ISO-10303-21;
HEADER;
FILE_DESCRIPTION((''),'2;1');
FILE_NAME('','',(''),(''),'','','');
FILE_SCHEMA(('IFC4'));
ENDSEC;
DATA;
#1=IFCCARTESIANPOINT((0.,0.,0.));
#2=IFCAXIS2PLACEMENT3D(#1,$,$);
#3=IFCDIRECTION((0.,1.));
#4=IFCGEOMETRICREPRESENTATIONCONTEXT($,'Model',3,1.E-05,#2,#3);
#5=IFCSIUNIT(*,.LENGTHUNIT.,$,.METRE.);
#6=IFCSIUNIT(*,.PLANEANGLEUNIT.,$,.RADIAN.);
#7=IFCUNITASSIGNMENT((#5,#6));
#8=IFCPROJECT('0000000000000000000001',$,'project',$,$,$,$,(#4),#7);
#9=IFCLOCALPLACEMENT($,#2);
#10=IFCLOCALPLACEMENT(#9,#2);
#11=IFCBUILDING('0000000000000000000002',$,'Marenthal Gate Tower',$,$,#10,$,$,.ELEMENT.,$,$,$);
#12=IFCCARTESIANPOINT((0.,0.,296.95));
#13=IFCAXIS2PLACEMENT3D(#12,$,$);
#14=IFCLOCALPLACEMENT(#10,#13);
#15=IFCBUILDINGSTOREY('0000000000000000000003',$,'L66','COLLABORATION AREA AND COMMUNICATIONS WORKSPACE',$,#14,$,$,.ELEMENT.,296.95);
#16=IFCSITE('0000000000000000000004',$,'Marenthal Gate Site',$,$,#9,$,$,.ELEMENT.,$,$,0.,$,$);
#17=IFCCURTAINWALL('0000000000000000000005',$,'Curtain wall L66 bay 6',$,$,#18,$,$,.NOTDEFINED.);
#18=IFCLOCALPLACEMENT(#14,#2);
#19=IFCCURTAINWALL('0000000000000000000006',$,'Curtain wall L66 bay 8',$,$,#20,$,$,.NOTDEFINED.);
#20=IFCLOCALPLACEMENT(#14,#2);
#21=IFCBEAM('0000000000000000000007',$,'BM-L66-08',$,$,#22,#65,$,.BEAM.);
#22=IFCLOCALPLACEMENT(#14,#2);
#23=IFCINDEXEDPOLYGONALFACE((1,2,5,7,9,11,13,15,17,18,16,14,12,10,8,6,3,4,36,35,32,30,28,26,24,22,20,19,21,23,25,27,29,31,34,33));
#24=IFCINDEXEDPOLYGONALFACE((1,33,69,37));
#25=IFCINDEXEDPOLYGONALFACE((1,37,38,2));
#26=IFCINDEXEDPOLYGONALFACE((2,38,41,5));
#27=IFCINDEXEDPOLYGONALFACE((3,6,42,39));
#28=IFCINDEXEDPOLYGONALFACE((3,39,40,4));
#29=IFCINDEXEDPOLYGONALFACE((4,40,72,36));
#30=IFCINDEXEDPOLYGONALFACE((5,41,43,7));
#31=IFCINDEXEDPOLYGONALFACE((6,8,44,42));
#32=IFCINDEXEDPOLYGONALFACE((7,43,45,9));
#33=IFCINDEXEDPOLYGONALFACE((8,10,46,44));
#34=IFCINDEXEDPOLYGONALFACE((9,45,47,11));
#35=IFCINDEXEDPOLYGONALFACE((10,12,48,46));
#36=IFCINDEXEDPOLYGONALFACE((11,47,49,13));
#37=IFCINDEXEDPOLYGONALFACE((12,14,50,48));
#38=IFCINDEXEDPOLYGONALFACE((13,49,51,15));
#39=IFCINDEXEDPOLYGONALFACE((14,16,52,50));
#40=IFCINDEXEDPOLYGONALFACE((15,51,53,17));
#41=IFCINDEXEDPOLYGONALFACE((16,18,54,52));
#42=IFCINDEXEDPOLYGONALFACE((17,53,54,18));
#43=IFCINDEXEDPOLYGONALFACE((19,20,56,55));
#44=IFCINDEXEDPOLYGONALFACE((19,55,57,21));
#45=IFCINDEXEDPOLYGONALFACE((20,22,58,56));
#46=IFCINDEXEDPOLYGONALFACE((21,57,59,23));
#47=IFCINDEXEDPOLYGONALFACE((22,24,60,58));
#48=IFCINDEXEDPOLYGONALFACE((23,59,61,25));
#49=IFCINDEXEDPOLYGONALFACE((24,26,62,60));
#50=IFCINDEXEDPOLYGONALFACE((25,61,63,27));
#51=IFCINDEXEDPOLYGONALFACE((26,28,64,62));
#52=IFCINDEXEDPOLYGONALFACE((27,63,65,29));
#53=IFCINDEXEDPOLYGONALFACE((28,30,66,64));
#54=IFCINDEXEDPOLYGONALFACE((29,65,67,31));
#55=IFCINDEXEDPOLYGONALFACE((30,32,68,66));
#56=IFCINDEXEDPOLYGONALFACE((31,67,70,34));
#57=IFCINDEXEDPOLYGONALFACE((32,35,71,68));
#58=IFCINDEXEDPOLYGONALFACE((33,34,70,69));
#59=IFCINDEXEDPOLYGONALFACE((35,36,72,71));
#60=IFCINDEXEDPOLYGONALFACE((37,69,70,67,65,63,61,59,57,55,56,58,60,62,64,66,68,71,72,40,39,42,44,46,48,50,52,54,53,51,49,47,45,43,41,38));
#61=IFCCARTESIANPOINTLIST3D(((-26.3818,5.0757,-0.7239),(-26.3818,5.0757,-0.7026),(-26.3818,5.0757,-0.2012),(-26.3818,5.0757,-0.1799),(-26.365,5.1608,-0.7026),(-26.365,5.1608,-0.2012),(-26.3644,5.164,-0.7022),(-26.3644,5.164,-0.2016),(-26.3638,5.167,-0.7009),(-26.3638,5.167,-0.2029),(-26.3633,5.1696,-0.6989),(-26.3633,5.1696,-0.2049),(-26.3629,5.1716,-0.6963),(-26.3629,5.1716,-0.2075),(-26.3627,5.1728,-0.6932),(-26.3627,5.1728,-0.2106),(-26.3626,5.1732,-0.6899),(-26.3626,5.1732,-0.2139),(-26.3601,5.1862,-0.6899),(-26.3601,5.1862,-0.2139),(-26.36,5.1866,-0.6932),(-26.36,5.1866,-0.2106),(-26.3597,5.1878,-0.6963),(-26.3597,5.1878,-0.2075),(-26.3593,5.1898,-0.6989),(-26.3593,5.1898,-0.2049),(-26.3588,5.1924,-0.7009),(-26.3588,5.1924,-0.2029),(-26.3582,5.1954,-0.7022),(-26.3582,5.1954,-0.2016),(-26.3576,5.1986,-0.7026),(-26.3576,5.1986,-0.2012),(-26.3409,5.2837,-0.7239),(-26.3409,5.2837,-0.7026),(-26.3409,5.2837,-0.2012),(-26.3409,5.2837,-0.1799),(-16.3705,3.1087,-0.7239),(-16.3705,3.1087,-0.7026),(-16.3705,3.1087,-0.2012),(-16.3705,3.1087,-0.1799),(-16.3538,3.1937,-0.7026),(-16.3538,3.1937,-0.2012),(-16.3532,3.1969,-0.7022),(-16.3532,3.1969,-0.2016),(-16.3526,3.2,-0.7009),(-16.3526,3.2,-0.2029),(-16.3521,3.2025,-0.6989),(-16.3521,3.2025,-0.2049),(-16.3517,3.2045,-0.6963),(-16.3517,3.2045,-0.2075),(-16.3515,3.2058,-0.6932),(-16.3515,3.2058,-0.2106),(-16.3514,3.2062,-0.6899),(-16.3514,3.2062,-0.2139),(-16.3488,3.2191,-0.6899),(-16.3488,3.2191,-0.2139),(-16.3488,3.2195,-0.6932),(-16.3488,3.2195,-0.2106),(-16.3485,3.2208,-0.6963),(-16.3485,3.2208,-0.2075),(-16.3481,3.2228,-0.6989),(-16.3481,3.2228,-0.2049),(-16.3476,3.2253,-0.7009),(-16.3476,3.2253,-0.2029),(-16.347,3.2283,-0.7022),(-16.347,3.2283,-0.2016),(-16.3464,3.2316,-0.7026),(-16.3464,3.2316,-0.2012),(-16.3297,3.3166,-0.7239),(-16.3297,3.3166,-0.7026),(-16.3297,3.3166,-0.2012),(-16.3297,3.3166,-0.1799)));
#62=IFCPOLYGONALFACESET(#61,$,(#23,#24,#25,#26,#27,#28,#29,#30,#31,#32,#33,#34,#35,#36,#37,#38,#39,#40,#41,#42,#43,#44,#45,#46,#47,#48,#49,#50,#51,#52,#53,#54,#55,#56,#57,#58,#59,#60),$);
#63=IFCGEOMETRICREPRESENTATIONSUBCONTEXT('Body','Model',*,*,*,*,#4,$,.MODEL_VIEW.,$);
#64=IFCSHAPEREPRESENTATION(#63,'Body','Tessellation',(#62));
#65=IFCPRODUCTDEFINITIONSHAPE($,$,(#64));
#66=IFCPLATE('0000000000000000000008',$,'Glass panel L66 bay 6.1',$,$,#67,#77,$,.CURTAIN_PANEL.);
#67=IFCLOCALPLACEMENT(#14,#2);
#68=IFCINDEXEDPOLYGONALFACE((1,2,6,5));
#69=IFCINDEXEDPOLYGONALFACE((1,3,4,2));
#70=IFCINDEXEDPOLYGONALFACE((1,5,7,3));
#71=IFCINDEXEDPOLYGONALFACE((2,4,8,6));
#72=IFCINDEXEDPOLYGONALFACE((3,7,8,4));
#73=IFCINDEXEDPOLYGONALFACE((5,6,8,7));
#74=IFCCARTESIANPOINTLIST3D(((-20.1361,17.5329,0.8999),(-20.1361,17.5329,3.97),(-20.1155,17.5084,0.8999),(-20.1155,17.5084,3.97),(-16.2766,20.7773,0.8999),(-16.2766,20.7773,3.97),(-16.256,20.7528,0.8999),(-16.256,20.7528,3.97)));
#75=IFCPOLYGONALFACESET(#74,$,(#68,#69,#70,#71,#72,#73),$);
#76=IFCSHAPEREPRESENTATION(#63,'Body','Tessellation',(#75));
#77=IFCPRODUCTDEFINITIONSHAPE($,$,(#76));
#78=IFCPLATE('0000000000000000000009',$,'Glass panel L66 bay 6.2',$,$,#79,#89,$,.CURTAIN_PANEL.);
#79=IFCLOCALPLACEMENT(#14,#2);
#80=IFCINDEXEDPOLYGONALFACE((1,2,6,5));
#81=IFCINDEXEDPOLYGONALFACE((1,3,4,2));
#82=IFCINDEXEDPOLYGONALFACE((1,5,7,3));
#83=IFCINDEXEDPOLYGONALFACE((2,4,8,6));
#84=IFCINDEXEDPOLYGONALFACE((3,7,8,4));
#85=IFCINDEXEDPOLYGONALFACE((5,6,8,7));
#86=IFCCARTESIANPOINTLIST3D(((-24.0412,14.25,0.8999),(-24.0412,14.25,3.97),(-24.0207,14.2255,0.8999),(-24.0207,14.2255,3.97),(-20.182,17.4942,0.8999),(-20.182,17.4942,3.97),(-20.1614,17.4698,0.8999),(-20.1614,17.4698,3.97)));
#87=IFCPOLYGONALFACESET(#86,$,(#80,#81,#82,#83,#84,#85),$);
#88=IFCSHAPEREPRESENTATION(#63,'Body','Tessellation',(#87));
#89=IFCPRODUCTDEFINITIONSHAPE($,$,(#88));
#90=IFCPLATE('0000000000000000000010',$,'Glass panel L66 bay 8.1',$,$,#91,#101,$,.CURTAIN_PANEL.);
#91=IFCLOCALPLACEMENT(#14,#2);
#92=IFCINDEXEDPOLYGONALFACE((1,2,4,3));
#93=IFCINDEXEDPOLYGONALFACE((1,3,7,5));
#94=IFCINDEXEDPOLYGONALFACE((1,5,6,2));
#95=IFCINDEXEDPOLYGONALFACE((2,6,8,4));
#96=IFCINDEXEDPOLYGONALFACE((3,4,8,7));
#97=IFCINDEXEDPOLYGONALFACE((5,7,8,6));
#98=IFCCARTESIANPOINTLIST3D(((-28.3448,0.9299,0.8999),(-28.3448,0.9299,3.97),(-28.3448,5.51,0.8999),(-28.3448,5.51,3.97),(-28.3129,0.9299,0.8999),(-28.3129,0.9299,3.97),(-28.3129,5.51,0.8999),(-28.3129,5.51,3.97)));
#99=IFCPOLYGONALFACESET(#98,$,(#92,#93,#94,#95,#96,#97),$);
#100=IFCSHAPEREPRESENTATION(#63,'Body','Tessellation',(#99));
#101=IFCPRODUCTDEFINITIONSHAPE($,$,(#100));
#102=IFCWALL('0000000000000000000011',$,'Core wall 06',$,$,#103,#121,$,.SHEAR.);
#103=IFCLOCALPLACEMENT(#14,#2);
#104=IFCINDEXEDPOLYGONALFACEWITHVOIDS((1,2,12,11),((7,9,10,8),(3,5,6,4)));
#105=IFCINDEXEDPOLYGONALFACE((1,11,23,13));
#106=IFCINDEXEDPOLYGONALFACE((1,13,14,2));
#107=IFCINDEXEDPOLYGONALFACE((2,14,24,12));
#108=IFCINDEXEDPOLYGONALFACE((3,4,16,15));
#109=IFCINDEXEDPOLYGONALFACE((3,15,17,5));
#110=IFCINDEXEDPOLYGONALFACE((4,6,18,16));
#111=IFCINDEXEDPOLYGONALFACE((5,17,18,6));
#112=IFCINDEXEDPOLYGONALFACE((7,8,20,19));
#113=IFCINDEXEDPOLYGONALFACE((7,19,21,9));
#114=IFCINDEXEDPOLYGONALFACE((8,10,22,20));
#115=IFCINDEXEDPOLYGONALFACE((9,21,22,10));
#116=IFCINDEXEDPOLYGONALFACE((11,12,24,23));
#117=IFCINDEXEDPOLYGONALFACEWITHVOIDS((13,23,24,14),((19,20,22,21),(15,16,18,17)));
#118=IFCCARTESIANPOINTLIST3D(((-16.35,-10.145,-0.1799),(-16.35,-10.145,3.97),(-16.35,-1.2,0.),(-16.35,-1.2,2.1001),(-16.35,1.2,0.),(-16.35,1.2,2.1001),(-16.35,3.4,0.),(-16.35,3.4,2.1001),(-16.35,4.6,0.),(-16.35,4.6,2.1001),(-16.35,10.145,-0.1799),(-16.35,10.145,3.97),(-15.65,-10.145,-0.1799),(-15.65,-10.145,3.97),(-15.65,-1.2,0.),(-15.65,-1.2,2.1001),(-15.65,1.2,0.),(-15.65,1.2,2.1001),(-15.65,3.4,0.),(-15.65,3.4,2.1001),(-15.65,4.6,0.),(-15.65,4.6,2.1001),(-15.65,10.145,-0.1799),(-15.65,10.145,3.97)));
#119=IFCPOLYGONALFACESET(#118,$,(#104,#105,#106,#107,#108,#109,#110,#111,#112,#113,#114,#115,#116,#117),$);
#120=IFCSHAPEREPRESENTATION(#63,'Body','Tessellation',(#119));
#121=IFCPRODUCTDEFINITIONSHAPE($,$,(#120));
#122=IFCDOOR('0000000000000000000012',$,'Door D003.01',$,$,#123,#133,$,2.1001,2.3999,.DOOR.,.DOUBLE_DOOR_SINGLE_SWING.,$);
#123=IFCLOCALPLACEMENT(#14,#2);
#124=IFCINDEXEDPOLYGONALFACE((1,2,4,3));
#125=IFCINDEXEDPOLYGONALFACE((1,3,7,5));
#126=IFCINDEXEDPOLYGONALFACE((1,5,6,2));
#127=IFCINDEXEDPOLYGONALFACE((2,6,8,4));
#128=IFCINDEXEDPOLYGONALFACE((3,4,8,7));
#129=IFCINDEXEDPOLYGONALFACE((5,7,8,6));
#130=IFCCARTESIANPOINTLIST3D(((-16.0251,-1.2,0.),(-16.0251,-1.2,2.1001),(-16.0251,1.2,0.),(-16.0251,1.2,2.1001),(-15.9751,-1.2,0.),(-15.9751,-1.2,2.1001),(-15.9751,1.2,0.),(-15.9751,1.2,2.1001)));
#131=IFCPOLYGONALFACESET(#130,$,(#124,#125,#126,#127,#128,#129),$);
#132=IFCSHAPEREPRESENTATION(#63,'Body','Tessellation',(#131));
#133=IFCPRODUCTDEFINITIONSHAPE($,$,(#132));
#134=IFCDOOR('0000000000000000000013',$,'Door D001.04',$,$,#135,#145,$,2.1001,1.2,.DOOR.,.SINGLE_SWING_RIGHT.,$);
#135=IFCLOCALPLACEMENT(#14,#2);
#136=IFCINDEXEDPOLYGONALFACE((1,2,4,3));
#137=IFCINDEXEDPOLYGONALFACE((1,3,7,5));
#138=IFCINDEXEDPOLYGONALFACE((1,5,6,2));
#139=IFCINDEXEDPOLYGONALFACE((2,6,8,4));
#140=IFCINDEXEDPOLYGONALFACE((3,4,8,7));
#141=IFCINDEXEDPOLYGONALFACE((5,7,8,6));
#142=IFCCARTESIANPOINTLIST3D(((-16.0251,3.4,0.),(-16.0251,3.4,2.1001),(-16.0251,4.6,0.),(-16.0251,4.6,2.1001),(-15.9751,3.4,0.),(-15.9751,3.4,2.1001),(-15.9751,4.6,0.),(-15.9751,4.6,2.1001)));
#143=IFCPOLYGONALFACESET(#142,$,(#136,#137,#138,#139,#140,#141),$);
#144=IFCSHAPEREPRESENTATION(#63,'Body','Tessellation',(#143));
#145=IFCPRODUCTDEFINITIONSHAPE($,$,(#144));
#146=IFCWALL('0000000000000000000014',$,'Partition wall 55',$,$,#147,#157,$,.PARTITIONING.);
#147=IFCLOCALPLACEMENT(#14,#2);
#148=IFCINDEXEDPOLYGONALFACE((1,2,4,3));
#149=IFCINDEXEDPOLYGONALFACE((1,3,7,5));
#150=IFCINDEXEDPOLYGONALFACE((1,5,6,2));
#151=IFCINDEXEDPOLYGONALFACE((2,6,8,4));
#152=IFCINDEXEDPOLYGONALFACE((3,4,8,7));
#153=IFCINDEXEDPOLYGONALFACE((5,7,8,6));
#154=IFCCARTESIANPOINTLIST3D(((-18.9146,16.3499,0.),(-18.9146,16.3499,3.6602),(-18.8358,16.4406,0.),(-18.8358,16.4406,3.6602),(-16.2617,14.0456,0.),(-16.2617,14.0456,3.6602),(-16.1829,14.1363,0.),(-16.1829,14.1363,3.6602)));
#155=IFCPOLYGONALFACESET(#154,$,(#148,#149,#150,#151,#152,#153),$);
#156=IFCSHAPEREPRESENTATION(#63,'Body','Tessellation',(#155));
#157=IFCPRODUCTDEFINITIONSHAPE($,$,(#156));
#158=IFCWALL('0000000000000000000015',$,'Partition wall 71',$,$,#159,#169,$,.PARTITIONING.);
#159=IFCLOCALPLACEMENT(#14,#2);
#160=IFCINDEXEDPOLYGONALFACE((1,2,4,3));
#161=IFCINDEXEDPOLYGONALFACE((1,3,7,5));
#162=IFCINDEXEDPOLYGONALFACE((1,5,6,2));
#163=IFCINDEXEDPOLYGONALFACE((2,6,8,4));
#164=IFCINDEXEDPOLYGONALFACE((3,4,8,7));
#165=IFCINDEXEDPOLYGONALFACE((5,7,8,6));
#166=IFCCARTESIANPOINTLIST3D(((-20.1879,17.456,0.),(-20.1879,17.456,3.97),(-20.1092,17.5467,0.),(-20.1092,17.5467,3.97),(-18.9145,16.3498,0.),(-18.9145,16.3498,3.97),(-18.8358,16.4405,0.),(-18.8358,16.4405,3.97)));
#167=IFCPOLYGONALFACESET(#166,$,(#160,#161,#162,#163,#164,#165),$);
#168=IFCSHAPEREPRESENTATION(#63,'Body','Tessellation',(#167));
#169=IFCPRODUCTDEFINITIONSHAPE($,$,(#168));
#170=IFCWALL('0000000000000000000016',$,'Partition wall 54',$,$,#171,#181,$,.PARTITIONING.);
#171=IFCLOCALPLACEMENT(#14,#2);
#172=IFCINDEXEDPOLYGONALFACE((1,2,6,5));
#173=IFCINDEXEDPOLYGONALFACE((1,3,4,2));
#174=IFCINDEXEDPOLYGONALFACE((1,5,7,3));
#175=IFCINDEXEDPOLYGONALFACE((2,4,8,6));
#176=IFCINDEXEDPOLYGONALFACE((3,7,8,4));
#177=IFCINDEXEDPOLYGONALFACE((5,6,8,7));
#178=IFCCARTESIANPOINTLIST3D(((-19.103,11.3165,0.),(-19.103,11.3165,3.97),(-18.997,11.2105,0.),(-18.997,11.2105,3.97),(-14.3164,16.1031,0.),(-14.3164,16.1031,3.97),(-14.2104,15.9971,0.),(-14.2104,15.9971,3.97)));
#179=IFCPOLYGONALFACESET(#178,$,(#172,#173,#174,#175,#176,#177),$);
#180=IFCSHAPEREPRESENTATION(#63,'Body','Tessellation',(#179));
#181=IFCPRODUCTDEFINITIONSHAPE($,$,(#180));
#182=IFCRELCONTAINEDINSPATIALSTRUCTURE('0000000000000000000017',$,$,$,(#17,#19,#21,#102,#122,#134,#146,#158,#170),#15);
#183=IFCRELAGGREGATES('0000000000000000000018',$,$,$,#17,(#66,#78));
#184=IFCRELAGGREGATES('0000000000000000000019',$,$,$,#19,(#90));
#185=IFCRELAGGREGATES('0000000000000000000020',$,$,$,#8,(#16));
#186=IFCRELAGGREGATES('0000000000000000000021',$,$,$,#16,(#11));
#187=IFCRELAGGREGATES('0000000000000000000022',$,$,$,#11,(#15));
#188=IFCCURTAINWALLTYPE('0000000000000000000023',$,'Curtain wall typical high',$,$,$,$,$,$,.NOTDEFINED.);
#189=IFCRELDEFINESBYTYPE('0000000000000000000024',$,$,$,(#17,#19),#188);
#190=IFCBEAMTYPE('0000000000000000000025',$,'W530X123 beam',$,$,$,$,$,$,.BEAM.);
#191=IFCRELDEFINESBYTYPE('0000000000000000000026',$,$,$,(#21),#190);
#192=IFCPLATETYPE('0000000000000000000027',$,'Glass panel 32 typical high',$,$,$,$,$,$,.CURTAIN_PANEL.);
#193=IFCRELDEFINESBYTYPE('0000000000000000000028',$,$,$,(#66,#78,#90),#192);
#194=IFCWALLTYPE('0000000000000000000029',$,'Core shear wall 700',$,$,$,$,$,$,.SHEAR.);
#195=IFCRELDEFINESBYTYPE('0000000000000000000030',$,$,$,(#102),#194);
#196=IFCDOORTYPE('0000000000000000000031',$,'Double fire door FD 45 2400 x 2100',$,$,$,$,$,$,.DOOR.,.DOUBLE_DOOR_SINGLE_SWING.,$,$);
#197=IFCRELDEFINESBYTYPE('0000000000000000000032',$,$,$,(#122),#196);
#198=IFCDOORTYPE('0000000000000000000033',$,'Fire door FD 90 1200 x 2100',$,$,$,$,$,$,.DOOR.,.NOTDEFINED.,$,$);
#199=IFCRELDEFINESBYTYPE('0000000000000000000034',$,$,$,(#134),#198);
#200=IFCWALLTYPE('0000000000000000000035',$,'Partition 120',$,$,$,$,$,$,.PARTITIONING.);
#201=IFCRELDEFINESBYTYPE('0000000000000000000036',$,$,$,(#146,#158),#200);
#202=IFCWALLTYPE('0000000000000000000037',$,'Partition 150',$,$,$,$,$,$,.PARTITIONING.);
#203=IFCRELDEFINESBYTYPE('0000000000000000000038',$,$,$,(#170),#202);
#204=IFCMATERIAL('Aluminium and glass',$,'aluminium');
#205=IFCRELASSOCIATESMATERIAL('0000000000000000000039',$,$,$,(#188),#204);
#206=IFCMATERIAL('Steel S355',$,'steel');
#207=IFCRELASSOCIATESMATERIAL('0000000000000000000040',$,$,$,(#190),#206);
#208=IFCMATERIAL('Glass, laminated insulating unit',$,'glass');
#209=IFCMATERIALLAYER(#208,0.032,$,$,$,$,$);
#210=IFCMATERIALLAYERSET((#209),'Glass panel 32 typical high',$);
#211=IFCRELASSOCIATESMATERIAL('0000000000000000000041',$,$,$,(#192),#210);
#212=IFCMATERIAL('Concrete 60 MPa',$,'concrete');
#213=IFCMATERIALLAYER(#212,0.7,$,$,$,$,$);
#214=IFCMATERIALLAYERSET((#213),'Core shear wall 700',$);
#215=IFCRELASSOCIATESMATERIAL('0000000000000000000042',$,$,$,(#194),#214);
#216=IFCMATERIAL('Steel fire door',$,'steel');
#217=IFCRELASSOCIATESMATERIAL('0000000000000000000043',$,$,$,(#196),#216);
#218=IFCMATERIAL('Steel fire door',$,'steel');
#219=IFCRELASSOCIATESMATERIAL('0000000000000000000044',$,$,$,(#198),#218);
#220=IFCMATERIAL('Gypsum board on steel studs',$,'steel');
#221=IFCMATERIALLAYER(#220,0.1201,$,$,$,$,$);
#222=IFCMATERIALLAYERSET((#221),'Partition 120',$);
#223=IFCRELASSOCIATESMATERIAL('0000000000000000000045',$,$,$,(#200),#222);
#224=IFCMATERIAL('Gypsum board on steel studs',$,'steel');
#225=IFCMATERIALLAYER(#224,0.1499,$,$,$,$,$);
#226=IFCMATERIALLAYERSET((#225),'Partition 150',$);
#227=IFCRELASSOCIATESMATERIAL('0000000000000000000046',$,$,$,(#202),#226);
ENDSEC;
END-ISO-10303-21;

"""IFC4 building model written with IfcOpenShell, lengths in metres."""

from ifc_helpers import new_model, si_unit, direction, frame, frame_2d, origin, origin_2d, place, context, subcontext, project, spatial, rectangle, i_section, extrude, material, layer, layer_set, material_profile, profile_set, type_object, element, fill, aggregate, save


model = new_model("IFC4")

# Units and contexts
model_context = context("Model", 3, precision=1e-05, world=origin(), true_north=direction((0.0, 1.0)))
body_context = subcontext(model_context, "Body", "Model", "MODEL_VIEW")
ifc_project = project(units=[si_unit("LENGTHUNIT", "METRE"), si_unit("PLANEANGLEUNIT", "RADIAN")], contexts=[model_context])

# Site, building, storey
site_placement = place(None, origin())
site = spatial("IfcSite", under=ifc_project, at=site_placement, Name="Marenthal Gate Site", CompositionType="ELEMENT", RefElevation=0.0)
building_placement = place(site_placement, origin())
building = spatial("IfcBuilding", under=site, at=building_placement, Name="Marenthal Gate Tower", CompositionType="ELEMENT")
storey_placement = place(building_placement, frame((0.0, 0.0, 296.95)))
storey = spatial("IfcBuildingStorey", under=building, at=storey_placement, Name="L66", Description="COLLABORATION AREA AND COMMUNICATIONS WORKSPACE", CompositionType="ELEMENT", Elevation=296.95)

# Curtain walls
ifc_material_1 = material(Name="Aluminium and glass", Category="aluminium")
curtain_wall_type = type_object("IfcCurtainWallType", Name="Curtain wall typical high", PredefinedType="NOTDEFINED", material=ifc_material_1)
curtain_wall_1_placement = place(storey_placement, origin())
curtain_wall_1 = element("IfcCurtainWall", 1, at=curtain_wall_1_placement, inside=storey, type_object=curtain_wall_type, Name="Curtain wall L66 bay 6", PredefinedType="NOTDEFINED")
curtain_wall_2_placement = place(storey_placement, origin())
curtain_wall_2 = element("IfcCurtainWall", 2, at=curtain_wall_2_placement, inside=storey, type_object=curtain_wall_type, Name="Curtain wall L66 bay 8", PredefinedType="NOTDEFINED")

# Beam
ifc_material_2 = material(Name="Steel S355", Category="steel")
ifc_material_profile_1 = material_profile(ifc_material_2, i_section(OverallWidth=0.2119, OverallDepth=0.5439, WebThickness=0.0132, FlangeThickness=0.0212, FilletRadius=0.0127, at=origin_2d()), Name="W530X123")
ifc_profile_set_1 = profile_set([ifc_material_profile_1], Name="Steel S355")
beam_type_1 = type_object("IfcBeamType", Name="W530X123 beam", PredefinedType="BEAM", material=ifc_profile_set_1)
beam_1_placement = place(storey_placement, frame((-26.3613, 5.1797, -0.4519), z_axis=(0.981239, -0.192797, 0.0), x_axis=(0.192797, 0.981239, 0.0)))
element("IfcBeam", 3, at=beam_1_placement, inside=storey, type_object=beam_type_1, Name="BM-L66-08", PredefinedType="BEAM", context=body_context, shape_type="SweptSolid", body=[
    extrude(i_section(OverallWidth=0.2119, OverallDepth=0.5439, WebThickness=0.0132, FlangeThickness=0.0212, FilletRadius=0.0127, at=origin_2d()), origin(), (0.0, 0.0, 1.0), 10.2026),
])

# Plates
ifc_material_3 = material(Name="Glass, laminated insulating unit", Category="glass")
ifc_layer_1 = layer(ifc_material_3, 0.032)
ifc_layer_set_1 = layer_set([ifc_layer_1], Name="Glass panel 32 typical high")
plate_type = type_object("IfcPlateType", Name="Glass panel 32 typical high", PredefinedType="CURTAIN_PANEL", material=ifc_layer_set_1)
plate_1_placement = place(storey_placement, frame((-18.196, 19.1428, 0.8999), z_axis=(0.0, 0.0, 1.0), x_axis=(-0.765463, -0.64348, 0.0)))
plate_1 = element("IfcPlate", 4, at=plate_1_placement, type_object=plate_type, Name="Glass panel L66 bay 6.1", PredefinedType="CURTAIN_PANEL", context=body_context, shape_type="SweptSolid", body=[
    extrude(rectangle(XDim=5.042, YDim=0.032, at=origin_2d()), origin(), (0.0, 0.0, 1.0), 3.0701),
])
plate_2_placement = place(storey_placement, frame((-22.1013, 15.8599, 0.8999), z_axis=(0.0, 0.0, 1.0), x_axis=(-0.765463, -0.64348, 0.0)))
plate_2 = element("IfcPlate", 5, at=plate_2_placement, type_object=plate_type, Name="Glass panel L66 bay 6.2", PredefinedType="CURTAIN_PANEL", context=body_context, shape_type="SweptSolid", body=[
    extrude(rectangle(XDim=5.0417, YDim=0.032, at=origin_2d()), origin(), (0.0, 0.0, 1.0), 3.0701),
])
aggregate(curtain_wall_1, [plate_1, plate_2])
plate_3_placement = place(storey_placement, frame((-28.3289, 3.22, 0.8999), z_axis=(0.0, 0.0, 1.0), x_axis=(0.0, -1.0, 0.0)))
plate_3 = element("IfcPlate", 6, at=plate_3_placement, type_object=plate_type, Name="Glass panel L66 bay 8.1", PredefinedType="CURTAIN_PANEL", context=body_context, shape_type="SweptSolid", body=[
    extrude(rectangle(XDim=4.5801, YDim=0.032, at=origin_2d()), origin(), (0.0, 0.0, 1.0), 3.0701),
])
aggregate(curtain_wall_2, [plate_3])

# Wall, openings, doors
ifc_material_4 = material(Name="Concrete 60 MPa", Category="concrete")
ifc_layer_2 = layer(ifc_material_4, 0.7)
ifc_layer_set_2 = layer_set([ifc_layer_2], Name="Core shear wall 700")
wall_type_1 = type_object("IfcWallType", Name="Core shear wall 700", PredefinedType="SHEAR", material=ifc_layer_set_2)
wall_1_placement = place(storey_placement, frame((-16.0, 10.145, -0.1799), z_axis=(0.0, 0.0, 1.0), x_axis=(0.0, -1.0, 0.0)))
wall_1 = element("IfcWall", 7, at=wall_1_placement, inside=storey, type_object=wall_type_1, Name="Core wall 06", PredefinedType="SHEAR", context=body_context, shape_type="SweptSolid", body=[
    extrude(rectangle(XDim=20.29, YDim=0.7, at=frame_2d((10.145, 0.0))), origin(), (0.0, 0.0, 1.0), 4.1499),
])
opening_1_placement = place(wall_1_placement, frame((8.9451, 0.0, 0.1799)))
opening_1 = element("IfcOpeningElement", 8, at=opening_1_placement, cuts=wall_1, PredefinedType="OPENING", context=body_context, shape_type="SweptSolid", body=[
    extrude(rectangle(XDim=2.3999, YDim=2.1001, at=frame_2d((1.2, 1.05))), frame((0.0, 0.3599, 0.0), z_axis=(0.0, -1.0, 0.0), x_axis=(1.0, 0.0, 0.0)), (0.0, 0.0, 1.0), 0.72),
])
opening_2_placement = place(wall_1_placement, frame((5.5449, 0.0, 0.1799)))
opening_2 = element("IfcOpeningElement", 9, at=opening_2_placement, cuts=wall_1, PredefinedType="OPENING", context=body_context, shape_type="SweptSolid", body=[
    extrude(rectangle(XDim=1.2, YDim=2.1001, at=frame_2d((0.6001, 1.05))), frame((0.0, 0.3599, 0.0), z_axis=(0.0, -1.0, 0.0), x_axis=(1.0, 0.0, 0.0)), (0.0, 0.0, 1.0), 0.72),
])
ifc_material_5 = material(Name="Steel fire door", Category="steel")
door_type_1 = type_object("IfcDoorType", Name="Double fire door FD 45 2400 x 2100", OperationType="DOUBLE_DOOR_SINGLE_SWING", PredefinedType="DOOR", material=ifc_material_5)
door_1_placement = place(opening_1_placement, origin())
door_1 = element("IfcDoor", 10, at=door_1_placement, inside=storey, type_object=door_type_1, Name="Door D003.01", OperationType="DOUBLE_DOOR_SINGLE_SWING", OverallHeight=2.1001, OverallWidth=2.3999, PredefinedType="DOOR", context=body_context, shape_type="SweptSolid", body=[
    extrude(rectangle(XDim=2.3999, YDim=2.1001, at=frame_2d((1.2, 1.05))), frame((0.0, 0.0249, 0.0), z_axis=(0.0, -1.0, 0.0), x_axis=(1.0, 0.0, 0.0)), (0.0, 0.0, 1.0), 0.05),
])
fill(opening_1, door_1)
ifc_material_6 = material(Name="Steel fire door", Category="steel")
door_type_2 = type_object("IfcDoorType", Name="Fire door FD 90 1200 x 2100", OperationType="NOTDEFINED", PredefinedType="DOOR", material=ifc_material_6)
door_2_placement = place(opening_2_placement, origin())
door_2 = element("IfcDoor", 11, at=door_2_placement, inside=storey, type_object=door_type_2, Name="Door D001.04", OperationType="SINGLE_SWING_RIGHT", OverallHeight=2.1001, OverallWidth=1.2, PredefinedType="DOOR", context=body_context, shape_type="SweptSolid", body=[
    extrude(rectangle(XDim=1.2, YDim=2.1001, at=frame_2d((0.6001, 1.05))), frame((0.0, 0.0249, 0.0), z_axis=(0.0, -1.0, 0.0), x_axis=(1.0, 0.0, 0.0)), (0.0, 0.0, 1.0), 0.05),
])
fill(opening_2, door_2)

# Walls
ifc_material_7 = material(Name="Gypsum board on steel studs", Category="steel")
ifc_layer_3 = layer(ifc_material_7, 0.1201)
ifc_layer_set_3 = layer_set([ifc_layer_3], Name="Partition 120")
wall_type_2 = type_object("IfcWallType", Name="Partition 120", PredefinedType="PARTITIONING", material=ifc_layer_set_3)
wall_2_placement = place(storey_placement, frame((-16.2224, 14.0911, 0.0), z_axis=(0.0, 0.0, 1.0), x_axis=(-0.754973, 0.655755, 0.0)))
element("IfcWall", 12, at=wall_2_placement, inside=storey, type_object=wall_type_2, Name="Partition wall 55", PredefinedType="PARTITIONING", context=body_context, shape_type="SweptSolid", body=[
    extrude(rectangle(XDim=3.5139, YDim=0.1201, at=frame_2d((1.7568, 0.0))), origin(), (0.0, 0.0, 1.0), 3.6602),
])
wall_3_placement = place(storey_placement, frame((-18.8752, 16.3953, 0.0), z_axis=(0.0, 0.0, 1.0), x_axis=(-0.754939, 0.655795, 0.0)))
element("IfcWall", 13, at=wall_3_placement, inside=storey, type_object=wall_type_2, Name="Partition wall 71", PredefinedType="PARTITIONING", context=body_context, shape_type="SweptSolid", body=[
    extrude(rectangle(XDim=1.6868, YDim=0.1201, at=frame_2d((0.8433, 0.0))), origin(), (0.0, 0.0, 1.0), 3.97),
])
ifc_material_8 = material(Name="Gypsum board on steel studs", Category="steel")
ifc_layer_4 = layer(ifc_material_8, 0.1499)
ifc_layer_set_4 = layer_set([ifc_layer_4], Name="Partition 150")
wall_type_3 = type_object("IfcWallType", Name="Partition 150", PredefinedType="PARTITIONING", material=ifc_layer_set_4)
wall_4_placement = place(storey_placement, frame((-19.05, 11.2634, 0.0), z_axis=(0.0, 0.0, 1.0), x_axis=(0.707107, 0.707107, 0.0)))
element("IfcWall", 14, at=wall_4_placement, inside=storey, type_object=wall_type_3, Name="Partition wall 54", PredefinedType="PARTITIONING", context=body_context, shape_type="SweptSolid", body=[
    extrude(rectangle(XDim=6.7693, YDim=0.1499, at=frame_2d((3.3848, 0.0))), origin(), (0.0, 0.0, 1.0), 3.97),
])

save(model, "model.ifc")
